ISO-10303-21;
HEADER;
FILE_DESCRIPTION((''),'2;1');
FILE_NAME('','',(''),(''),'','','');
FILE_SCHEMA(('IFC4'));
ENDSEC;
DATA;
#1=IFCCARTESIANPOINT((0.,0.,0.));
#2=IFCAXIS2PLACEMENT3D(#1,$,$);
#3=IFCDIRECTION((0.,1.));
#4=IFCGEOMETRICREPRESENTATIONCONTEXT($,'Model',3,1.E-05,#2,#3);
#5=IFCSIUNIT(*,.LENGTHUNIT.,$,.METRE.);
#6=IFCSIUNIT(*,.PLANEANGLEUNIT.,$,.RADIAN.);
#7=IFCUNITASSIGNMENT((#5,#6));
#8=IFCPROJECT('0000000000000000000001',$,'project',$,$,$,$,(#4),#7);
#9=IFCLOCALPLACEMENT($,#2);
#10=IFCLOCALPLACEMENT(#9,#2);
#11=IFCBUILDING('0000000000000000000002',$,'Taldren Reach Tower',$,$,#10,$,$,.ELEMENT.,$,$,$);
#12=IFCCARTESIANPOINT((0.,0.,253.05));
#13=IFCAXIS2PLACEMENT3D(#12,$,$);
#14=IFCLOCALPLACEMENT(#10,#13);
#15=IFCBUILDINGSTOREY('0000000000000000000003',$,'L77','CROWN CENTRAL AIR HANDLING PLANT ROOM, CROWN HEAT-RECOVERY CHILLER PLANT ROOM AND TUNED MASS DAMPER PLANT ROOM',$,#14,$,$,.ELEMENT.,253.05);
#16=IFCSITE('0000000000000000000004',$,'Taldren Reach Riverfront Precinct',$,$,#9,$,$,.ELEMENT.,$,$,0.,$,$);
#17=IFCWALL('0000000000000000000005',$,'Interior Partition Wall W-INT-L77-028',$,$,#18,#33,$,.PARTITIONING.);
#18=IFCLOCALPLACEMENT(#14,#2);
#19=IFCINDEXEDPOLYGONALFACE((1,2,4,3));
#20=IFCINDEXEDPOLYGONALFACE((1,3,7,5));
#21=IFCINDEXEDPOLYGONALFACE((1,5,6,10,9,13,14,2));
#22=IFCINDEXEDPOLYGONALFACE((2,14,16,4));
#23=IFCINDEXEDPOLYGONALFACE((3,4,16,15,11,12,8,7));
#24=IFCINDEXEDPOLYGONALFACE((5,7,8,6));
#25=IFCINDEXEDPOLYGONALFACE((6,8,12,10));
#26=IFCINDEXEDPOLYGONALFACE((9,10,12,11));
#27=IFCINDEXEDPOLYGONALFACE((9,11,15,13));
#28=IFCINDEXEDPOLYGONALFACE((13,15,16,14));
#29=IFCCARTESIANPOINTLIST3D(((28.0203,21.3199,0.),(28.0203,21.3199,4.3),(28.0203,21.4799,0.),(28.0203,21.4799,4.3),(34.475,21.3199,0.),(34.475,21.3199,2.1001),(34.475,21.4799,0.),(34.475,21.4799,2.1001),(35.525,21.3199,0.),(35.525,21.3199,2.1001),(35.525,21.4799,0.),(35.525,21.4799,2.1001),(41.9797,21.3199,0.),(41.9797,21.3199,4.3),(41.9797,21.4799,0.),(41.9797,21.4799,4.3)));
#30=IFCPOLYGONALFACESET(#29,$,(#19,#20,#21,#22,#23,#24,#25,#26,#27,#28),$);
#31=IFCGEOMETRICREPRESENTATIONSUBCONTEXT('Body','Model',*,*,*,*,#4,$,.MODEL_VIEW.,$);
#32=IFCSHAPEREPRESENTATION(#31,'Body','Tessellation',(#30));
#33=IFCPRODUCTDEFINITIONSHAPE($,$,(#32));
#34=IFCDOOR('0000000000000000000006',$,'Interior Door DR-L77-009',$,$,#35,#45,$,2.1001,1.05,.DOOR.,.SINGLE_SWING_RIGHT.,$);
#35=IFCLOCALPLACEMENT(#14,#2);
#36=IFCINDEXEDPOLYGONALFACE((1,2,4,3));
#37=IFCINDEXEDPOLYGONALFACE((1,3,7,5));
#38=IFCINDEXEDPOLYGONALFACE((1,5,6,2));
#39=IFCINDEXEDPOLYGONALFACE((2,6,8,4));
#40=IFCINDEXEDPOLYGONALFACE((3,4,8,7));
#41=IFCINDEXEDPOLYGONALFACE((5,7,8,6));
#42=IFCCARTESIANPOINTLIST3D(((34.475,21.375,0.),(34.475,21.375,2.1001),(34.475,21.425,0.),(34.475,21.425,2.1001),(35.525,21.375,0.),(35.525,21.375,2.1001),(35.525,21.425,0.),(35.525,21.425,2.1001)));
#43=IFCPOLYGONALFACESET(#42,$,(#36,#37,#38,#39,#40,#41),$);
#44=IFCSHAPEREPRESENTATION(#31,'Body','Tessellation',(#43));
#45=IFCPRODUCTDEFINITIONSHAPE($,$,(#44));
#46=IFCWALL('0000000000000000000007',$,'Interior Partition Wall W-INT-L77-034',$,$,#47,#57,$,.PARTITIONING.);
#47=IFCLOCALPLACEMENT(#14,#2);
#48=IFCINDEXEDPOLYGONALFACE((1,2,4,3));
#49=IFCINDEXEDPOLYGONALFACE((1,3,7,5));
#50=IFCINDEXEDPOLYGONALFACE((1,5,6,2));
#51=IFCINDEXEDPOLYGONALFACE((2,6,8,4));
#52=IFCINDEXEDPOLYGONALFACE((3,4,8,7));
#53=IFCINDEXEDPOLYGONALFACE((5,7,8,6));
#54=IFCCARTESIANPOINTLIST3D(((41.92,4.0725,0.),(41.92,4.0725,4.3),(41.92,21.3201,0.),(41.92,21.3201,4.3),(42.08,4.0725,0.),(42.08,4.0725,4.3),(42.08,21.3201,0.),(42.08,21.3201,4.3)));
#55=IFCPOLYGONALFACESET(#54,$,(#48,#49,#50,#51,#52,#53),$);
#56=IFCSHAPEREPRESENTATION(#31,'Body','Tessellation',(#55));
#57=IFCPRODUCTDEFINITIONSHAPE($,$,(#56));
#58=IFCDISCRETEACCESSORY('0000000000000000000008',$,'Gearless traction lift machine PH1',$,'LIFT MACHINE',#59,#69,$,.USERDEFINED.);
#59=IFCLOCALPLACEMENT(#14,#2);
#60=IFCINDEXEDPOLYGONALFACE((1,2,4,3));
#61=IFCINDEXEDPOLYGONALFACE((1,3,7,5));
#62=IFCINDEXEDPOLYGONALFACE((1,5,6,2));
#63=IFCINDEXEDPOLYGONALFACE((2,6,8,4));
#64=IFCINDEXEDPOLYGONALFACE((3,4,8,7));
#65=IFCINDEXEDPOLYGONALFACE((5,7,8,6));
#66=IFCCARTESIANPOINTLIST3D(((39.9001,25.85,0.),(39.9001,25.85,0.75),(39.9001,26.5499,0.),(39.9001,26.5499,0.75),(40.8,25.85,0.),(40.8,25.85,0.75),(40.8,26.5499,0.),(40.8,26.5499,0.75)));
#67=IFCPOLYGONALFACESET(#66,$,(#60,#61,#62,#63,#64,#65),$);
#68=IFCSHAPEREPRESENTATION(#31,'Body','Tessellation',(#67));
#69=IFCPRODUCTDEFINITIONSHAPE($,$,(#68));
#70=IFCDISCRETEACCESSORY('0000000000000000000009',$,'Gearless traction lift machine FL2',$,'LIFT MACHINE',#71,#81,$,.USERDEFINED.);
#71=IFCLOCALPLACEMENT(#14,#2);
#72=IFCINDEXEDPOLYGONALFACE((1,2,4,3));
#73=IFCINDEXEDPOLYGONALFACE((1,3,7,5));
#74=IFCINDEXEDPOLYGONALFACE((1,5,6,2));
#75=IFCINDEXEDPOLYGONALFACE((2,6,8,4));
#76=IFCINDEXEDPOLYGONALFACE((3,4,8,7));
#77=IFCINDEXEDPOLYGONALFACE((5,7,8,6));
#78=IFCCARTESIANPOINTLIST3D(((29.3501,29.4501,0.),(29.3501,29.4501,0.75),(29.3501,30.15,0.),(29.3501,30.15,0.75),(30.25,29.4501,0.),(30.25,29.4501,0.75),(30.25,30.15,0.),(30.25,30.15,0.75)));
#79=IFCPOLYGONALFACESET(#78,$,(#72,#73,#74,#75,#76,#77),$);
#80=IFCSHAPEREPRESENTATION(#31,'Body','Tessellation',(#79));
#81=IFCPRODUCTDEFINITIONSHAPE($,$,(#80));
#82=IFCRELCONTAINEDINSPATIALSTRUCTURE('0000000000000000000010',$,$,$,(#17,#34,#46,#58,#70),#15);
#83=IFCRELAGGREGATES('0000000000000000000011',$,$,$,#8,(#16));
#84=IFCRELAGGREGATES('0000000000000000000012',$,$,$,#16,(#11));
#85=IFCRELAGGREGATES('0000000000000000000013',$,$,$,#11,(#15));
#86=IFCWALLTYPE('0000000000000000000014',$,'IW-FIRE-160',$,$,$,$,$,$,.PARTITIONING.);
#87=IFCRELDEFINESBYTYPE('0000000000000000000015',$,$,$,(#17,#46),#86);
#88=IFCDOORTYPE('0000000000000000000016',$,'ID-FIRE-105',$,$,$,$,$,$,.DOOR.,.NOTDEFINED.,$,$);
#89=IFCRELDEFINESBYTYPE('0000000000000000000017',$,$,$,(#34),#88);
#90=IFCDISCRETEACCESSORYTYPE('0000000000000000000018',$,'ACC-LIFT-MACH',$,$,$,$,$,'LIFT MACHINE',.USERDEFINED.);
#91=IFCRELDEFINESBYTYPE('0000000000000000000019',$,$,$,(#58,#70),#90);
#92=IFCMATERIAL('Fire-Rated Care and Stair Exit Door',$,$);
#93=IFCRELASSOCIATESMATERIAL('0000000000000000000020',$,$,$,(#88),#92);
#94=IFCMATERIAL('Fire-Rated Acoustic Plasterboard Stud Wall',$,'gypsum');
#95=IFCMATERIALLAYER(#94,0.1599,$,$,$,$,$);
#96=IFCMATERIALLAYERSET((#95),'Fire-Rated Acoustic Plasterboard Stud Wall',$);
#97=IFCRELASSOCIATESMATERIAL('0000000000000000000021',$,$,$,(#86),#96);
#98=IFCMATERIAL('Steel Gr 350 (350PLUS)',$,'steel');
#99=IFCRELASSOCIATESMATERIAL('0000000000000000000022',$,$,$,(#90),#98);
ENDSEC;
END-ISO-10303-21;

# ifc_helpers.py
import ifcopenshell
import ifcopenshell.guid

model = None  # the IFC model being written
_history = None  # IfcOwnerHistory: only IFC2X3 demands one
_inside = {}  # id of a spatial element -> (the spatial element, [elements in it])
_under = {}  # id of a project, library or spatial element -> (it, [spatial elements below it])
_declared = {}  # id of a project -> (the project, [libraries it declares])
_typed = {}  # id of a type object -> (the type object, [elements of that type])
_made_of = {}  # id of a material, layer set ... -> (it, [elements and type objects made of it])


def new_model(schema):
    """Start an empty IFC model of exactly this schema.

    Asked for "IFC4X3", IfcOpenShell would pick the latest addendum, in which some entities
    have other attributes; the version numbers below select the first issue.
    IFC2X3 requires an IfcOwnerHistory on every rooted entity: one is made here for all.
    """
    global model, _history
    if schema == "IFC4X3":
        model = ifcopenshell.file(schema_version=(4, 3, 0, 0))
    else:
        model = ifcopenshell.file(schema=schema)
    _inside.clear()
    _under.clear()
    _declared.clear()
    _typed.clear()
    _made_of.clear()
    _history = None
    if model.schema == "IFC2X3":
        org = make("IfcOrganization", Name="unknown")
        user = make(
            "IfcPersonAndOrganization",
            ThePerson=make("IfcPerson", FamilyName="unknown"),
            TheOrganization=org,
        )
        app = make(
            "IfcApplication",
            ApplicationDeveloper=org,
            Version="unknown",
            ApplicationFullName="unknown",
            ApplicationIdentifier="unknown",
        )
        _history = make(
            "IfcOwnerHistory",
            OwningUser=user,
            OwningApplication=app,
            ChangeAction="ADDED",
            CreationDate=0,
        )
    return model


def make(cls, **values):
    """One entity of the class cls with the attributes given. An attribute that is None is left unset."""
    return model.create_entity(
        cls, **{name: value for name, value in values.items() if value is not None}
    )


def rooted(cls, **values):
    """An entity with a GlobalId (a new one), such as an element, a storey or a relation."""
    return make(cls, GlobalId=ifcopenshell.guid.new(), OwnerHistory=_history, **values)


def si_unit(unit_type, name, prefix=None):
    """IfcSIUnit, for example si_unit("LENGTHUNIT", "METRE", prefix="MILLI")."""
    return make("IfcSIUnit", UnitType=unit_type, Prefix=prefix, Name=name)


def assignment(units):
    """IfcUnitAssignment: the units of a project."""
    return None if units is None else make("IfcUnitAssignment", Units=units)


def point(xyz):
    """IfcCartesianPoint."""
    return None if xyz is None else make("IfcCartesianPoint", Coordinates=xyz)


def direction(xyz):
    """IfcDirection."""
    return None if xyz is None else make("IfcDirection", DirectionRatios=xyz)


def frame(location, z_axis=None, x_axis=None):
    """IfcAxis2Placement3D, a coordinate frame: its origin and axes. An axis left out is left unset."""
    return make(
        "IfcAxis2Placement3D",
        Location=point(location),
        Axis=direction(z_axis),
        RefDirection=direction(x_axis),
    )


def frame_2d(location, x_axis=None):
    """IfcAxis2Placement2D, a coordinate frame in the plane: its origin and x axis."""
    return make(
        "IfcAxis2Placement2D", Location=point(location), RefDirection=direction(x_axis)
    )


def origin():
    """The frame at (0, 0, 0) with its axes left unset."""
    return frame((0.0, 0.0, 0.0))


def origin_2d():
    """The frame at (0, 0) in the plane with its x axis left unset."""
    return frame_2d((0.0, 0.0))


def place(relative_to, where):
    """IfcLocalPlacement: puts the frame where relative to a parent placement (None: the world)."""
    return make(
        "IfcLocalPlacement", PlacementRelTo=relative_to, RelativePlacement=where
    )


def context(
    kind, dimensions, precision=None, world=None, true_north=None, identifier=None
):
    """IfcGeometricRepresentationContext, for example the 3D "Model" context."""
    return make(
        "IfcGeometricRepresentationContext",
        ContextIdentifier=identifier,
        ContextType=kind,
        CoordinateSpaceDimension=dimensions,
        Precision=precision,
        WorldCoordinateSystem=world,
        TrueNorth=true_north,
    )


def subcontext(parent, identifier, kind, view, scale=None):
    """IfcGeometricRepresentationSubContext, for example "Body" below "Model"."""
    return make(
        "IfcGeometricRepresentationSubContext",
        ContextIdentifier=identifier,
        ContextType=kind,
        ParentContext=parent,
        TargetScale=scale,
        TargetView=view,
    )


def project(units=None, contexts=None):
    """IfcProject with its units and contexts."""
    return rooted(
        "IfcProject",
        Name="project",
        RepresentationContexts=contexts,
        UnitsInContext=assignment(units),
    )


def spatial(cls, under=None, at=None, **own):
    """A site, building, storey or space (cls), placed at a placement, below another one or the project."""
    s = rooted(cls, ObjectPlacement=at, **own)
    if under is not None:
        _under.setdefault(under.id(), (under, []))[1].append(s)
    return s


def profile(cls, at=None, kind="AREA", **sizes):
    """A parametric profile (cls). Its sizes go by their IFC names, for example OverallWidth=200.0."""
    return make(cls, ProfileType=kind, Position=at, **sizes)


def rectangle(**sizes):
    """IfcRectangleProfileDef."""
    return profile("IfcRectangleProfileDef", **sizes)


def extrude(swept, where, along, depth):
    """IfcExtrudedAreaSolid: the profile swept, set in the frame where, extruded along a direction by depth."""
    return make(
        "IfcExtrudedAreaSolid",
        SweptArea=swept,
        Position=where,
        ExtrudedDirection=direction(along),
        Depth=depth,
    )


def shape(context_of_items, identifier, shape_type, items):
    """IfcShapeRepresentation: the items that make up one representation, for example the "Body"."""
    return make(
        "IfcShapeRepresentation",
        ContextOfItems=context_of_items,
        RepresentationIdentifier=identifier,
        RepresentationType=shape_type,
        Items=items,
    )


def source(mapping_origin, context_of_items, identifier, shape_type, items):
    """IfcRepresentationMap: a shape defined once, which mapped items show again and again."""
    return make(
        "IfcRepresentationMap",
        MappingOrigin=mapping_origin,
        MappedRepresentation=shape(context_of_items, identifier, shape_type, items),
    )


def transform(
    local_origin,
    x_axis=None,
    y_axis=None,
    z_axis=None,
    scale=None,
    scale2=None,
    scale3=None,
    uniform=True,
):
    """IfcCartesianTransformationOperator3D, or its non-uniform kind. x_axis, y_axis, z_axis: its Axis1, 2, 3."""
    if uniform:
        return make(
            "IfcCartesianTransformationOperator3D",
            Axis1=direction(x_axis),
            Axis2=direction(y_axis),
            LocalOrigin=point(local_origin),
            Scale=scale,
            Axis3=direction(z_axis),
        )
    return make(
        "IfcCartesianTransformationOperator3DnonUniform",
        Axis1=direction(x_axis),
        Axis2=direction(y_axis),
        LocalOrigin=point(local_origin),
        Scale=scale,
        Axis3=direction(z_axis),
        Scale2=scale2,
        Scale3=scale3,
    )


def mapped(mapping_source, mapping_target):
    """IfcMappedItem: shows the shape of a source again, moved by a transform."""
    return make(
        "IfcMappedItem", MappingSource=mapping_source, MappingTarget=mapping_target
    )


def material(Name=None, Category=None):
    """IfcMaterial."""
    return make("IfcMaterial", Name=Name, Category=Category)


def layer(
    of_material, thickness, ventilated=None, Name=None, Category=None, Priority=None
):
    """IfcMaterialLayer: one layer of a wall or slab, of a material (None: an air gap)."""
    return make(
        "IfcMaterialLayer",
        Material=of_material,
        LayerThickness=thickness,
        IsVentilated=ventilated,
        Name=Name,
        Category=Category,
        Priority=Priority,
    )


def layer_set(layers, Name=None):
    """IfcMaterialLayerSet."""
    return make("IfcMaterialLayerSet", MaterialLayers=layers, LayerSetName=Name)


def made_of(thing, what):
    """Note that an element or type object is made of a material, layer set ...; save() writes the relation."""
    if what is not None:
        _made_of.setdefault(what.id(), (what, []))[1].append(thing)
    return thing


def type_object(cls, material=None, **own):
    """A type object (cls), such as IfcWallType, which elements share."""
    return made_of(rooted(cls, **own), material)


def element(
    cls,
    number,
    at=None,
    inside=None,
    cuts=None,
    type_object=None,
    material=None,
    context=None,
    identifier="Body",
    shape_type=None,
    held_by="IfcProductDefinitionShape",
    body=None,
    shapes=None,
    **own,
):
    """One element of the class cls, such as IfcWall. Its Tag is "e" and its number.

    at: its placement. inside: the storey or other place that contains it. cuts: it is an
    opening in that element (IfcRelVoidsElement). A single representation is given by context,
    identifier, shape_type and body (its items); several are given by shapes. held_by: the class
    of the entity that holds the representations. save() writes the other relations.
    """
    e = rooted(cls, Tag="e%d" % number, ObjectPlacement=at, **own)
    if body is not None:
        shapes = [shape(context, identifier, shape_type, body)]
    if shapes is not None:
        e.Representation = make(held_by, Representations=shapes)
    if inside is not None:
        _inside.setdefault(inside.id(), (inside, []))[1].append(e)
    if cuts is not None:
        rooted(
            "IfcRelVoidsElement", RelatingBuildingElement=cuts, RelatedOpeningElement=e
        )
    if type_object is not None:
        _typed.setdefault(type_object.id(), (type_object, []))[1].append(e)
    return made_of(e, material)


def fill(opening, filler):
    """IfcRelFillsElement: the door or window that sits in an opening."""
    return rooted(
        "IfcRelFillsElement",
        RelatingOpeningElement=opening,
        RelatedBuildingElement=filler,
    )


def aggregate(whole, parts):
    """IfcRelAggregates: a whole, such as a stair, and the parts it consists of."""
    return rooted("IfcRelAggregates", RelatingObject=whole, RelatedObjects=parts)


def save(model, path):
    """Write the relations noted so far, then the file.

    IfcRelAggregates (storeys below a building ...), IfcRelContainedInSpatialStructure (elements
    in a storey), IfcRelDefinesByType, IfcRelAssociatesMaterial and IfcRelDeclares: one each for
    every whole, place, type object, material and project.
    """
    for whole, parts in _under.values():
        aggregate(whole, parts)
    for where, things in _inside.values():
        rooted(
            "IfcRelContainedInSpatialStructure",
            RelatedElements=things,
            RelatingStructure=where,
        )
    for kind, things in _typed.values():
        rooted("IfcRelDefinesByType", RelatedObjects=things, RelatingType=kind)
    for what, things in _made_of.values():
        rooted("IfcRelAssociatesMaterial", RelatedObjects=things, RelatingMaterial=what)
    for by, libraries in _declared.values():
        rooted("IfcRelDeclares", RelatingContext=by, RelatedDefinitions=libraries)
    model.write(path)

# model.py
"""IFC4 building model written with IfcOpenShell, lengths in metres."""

from ifc_helpers import new_model, si_unit, direction, frame, frame_2d, origin, origin_2d, place, context, subcontext, project, spatial, rectangle, extrude, source, transform, mapped, material, layer, layer_set, type_object, element, fill, save


model = new_model("IFC4")

# Units and contexts
model_context = context("Model", 3, precision=1e-05, world=origin(), true_north=direction((0.0, 1.0)))
body_context = subcontext(model_context, "Body", "Model", "MODEL_VIEW")
ifc_project = project(units=[si_unit("LENGTHUNIT", "METRE"), si_unit("PLANEANGLEUNIT", "RADIAN")], contexts=[model_context])

# Site, building, storey
site_placement = place(None, origin())
site = spatial("IfcSite", under=ifc_project, at=site_placement, Name="Taldren Reach Riverfront Precinct", CompositionType="ELEMENT", RefElevation=0.0)
building_placement = place(site_placement, origin())
building = spatial("IfcBuilding", under=site, at=building_placement, Name="Taldren Reach Tower", CompositionType="ELEMENT")
storey_placement = place(building_placement, frame((0.0, 0.0, 253.05)))
storey = spatial("IfcBuildingStorey", under=building, at=storey_placement, Name="L77", Description="CROWN CENTRAL AIR HANDLING PLANT ROOM, CROWN HEAT-RECOVERY CHILLER PLANT ROOM AND TUNED MASS DAMPER PLANT ROOM", CompositionType="ELEMENT", Elevation=253.05)

# Shared definitions
ifc_material_1 = material(Name="Steel Gr 350 (350PLUS)", Category="steel")

# Shared definitions
ifc_material_2 = material(Name="Fire-Rated Care and Stair Exit Door")
door_type = type_object("IfcDoorType", Name="ID-FIRE-105", OperationType="NOTDEFINED", PredefinedType="DOOR", material=ifc_material_2)
shared_shape_1 = source(origin(), body_context, "Body", "SweptSolid", [
    extrude(rectangle(XDim=1.05, YDim=2.1001, at=frame_2d((0.5249, 1.05))), frame((0.0, 0.0249, 0.0), z_axis=(0.0, -1.0, 0.0), x_axis=(1.0, 0.0, 0.0)), (0.0, 0.0, 1.0), 0.05),
])

# Wall, opening, door
ifc_material_3 = material(Name="Fire-Rated Acoustic Plasterboard Stud Wall", Category="gypsum")
ifc_layer_1 = layer(ifc_material_3, 0.1599)
ifc_layer_set_1 = layer_set([ifc_layer_1], Name="Fire-Rated Acoustic Plasterboard Stud Wall")
wall_type_1 = type_object("IfcWallType", Name="IW-FIRE-160", PredefinedType="PARTITIONING", material=ifc_layer_set_1)
shared_shape_2 = source(origin(), body_context, "Body", "SweptSolid", [
    extrude(rectangle(XDim=13.9595, YDim=0.1599, at=frame_2d((6.9797, 0.0))), origin(), (0.0, 0.0, 1.0), 4.3),
])
wall_1_placement = place(storey_placement, frame((41.9797, 21.3999, 0.0), z_axis=(0.0, 0.0, 1.0), x_axis=(-1.0, 0.0, 0.0)))
wall_1 = element("IfcWall", 1, at=wall_1_placement, inside=storey, type_object=wall_type_1, Name="Interior Partition Wall W-INT-L77-028", PredefinedType="PARTITIONING", context=body_context, shape_type="MappedRepresentation", body=[
    mapped(shared_shape_2, transform((0.0, 0.0, 0.0), scale=1.0)),
])
shared_shape_3 = source(origin(), body_context, "Body", "SweptSolid", [
    extrude(rectangle(XDim=1.05, YDim=2.1001, at=frame_2d((0.5249, 1.05))), frame((0.0, 0.0898, 0.0), z_axis=(0.0, -1.0, 0.0), x_axis=(1.0, 0.0, 0.0)), (0.0, 0.0, 1.0), 0.1799),
])
opening_1_placement = place(wall_1_placement, frame((6.4548, 0.0, 0.0)))
opening_1 = element("IfcOpeningElement", 2, at=opening_1_placement, cuts=wall_1, PredefinedType="OPENING", context=body_context, shape_type="MappedRepresentation", body=[
    mapped(shared_shape_3, transform((0.0, 0.0, 0.0), scale=1.0)),
])
door_1_placement = place(opening_1_placement, origin())
door_1 = element("IfcDoor", 3, at=door_1_placement, inside=storey, type_object=door_type, Name="Interior Door DR-L77-009", OperationType="SINGLE_SWING_RIGHT", OverallHeight=2.1001, OverallWidth=1.05, PredefinedType="DOOR", context=body_context, shape_type="MappedRepresentation", body=[
    mapped(shared_shape_1, transform((0.0, 0.0, 0.0), scale=1.0)),
])
fill(opening_1, door_1)

# Wall
shared_shape_4 = source(origin(), body_context, "Body", "SweptSolid", [
    extrude(rectangle(XDim=17.2476, YDim=0.1599, at=frame_2d((8.6238, 0.0))), origin(), (0.0, 0.0, 1.0), 4.3),
])
wall_2_placement = place(storey_placement, frame((42.0, 21.3201, 0.0), z_axis=(0.0, 0.0, 1.0), x_axis=(0.0, -1.0, 0.0)))
element("IfcWall", 4, at=wall_2_placement, inside=storey, type_object=wall_type_1, Name="Interior Partition Wall W-INT-L77-034", PredefinedType="PARTITIONING", context=body_context, shape_type="MappedRepresentation", body=[
    mapped(shared_shape_4, transform((0.0, 0.0, 0.0), scale=1.0)),
])

# Discrete accessories
discrete_accessory_type = type_object("IfcDiscreteAccessoryType", Name="ACC-LIFT-MACH", ElementType="LIFT MACHINE", PredefinedType="USERDEFINED", material=ifc_material_1)
shared_shape_5 = source(origin(), body_context, "Body", "SweptSolid", [
    extrude(rectangle(XDim=0.8999, YDim=0.7, at=origin_2d()), origin(), (0.0, 0.0, 1.0), 0.75),
])
for number, where, z_axis, x_axis, name in (
    (5, (40.3501, 26.2, 0.0), (0.0, 0.0, 1.0), (1.0, 0.0, 0.0), "Gearless traction lift machine PH1"),
    (6, (29.8, 29.8, 0.0), (0.0, 0.0, 1.0), (1.0, 0.0, 0.0), "Gearless traction lift machine FL2"),
):
    element("IfcDiscreteAccessory", number, at=place(storey_placement, frame(where, z_axis=z_axis, x_axis=x_axis)), inside=storey, type_object=discrete_accessory_type, Name=name, ObjectType="LIFT MACHINE", PredefinedType="USERDEFINED", context=body_context, shape_type="MappedRepresentation", body=[
        mapped(shared_shape_5, transform((0.0, 0.0, 0.0), scale=1.0)),
    ])

save(model, "model.ifc")
